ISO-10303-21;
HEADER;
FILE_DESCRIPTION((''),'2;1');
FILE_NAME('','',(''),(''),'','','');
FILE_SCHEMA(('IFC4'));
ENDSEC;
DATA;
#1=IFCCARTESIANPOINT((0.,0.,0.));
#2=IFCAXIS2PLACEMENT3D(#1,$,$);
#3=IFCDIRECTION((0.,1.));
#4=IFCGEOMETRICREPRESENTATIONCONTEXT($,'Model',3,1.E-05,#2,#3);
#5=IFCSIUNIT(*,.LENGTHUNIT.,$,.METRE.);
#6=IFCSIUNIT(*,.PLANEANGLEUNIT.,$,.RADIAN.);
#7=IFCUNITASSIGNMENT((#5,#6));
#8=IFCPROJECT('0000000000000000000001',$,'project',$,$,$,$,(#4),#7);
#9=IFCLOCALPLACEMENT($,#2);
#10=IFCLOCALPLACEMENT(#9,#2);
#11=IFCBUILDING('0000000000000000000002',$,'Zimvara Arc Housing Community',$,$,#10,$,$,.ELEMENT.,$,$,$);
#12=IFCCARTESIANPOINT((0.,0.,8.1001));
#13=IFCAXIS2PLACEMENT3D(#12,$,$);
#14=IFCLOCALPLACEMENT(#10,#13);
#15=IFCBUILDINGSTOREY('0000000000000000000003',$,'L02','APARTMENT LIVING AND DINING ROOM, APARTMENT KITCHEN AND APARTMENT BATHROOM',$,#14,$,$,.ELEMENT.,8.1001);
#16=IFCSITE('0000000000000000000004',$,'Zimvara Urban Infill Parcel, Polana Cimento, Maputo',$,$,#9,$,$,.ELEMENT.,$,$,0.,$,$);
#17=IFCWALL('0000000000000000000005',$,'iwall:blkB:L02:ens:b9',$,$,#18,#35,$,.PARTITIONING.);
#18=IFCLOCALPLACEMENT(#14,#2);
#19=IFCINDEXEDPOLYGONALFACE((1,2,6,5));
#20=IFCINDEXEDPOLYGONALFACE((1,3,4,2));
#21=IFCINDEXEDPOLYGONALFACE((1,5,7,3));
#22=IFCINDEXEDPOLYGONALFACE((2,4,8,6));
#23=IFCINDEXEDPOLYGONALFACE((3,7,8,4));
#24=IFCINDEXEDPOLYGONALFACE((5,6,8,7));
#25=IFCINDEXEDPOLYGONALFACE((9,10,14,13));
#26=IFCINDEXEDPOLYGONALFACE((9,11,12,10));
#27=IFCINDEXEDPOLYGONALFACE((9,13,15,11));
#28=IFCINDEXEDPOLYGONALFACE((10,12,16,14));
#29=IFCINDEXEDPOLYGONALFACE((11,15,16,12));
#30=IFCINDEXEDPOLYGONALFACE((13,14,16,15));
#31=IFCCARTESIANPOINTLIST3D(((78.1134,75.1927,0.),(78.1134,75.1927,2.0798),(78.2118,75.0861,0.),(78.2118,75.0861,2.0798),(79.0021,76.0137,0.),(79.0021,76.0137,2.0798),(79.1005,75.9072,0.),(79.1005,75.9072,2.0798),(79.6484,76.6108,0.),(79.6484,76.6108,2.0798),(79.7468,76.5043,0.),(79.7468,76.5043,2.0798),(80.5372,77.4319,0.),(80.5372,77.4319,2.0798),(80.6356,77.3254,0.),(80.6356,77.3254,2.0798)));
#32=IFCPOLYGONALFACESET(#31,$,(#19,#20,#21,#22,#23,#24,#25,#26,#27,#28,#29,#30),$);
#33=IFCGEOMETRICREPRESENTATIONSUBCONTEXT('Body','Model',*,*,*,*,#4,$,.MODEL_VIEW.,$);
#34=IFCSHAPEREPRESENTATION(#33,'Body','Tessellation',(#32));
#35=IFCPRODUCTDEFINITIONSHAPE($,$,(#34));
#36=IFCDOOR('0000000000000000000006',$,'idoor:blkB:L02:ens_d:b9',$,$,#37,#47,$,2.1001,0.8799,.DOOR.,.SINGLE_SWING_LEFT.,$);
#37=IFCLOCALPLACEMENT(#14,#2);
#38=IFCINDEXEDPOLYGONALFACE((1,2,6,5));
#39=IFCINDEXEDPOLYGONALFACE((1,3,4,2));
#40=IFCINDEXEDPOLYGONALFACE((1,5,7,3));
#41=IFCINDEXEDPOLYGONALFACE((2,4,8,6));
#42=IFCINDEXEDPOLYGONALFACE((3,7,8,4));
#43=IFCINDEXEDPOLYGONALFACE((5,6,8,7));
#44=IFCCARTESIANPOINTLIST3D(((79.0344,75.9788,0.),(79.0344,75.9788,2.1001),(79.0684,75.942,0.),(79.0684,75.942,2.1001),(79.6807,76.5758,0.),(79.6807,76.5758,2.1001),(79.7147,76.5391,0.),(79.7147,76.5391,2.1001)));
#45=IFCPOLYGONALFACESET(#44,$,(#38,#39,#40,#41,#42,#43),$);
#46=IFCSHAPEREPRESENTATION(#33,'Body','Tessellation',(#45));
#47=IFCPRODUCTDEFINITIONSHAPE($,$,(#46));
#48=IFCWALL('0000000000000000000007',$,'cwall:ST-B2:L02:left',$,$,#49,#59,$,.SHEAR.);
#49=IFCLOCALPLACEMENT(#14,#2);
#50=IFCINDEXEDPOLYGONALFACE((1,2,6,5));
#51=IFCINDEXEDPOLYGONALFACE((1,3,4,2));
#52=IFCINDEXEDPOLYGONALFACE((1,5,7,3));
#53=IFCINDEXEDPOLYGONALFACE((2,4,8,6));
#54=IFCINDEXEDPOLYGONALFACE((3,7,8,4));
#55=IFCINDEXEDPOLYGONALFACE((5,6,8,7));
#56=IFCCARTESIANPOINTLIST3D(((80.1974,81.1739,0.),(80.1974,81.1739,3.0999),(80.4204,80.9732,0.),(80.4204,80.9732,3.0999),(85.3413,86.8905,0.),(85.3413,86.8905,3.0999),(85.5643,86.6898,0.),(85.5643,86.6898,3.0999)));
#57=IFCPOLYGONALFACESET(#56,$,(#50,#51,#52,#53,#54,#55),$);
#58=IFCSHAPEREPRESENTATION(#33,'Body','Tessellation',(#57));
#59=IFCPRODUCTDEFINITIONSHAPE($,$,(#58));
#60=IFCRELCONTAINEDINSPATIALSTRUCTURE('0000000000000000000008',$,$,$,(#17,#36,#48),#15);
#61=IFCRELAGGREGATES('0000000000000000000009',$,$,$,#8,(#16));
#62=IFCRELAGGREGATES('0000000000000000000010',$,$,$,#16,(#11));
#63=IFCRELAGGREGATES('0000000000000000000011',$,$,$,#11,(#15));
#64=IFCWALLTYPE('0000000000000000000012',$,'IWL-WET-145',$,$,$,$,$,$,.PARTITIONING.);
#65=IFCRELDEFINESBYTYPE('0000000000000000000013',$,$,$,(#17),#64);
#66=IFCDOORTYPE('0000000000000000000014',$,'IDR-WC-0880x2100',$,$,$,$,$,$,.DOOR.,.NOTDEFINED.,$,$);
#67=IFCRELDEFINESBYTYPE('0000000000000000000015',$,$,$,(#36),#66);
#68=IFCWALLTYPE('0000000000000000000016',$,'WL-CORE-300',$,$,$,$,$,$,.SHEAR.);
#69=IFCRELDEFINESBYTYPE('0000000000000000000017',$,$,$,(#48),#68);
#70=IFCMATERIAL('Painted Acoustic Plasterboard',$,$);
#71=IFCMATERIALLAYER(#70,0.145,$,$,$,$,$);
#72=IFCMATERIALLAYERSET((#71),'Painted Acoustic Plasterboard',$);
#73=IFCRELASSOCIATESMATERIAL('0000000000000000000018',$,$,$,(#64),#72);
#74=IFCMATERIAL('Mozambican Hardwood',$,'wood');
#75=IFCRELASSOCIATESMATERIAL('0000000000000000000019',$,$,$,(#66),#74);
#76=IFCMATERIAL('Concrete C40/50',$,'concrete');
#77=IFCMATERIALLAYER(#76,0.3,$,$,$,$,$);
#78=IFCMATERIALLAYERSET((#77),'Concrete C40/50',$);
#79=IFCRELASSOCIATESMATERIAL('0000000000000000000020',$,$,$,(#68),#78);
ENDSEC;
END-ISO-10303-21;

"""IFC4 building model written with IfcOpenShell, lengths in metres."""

from ifc_helpers import new_model, si_unit, direction, frame, frame_2d, origin, place, context, subcontext, project, spatial, rectangle, extrude, material, layer, layer_set, type_object, element, fill, save


model = new_model("IFC4")

# Units and contexts
model_context = context("Model", 3, precision=1e-05, world=origin(), true_north=direction((0.0, 1.0)))
body_context = subcontext(model_context, "Body", "Model", "MODEL_VIEW")
ifc_project = project(units=[si_unit("LENGTHUNIT", "METRE"), si_unit("PLANEANGLEUNIT", "RADIAN")], contexts=[model_context])

# Site, building, storey
site_placement = place(None, origin())
site = spatial("IfcSite", under=ifc_project, at=site_placement, Name="Zimvara Urban Infill Parcel, Polana Cimento, Maputo", CompositionType="ELEMENT", RefElevation=0.0)
building_placement = place(site_placement, origin())
building = spatial("IfcBuilding", under=site, at=building_placement, Name="Zimvara Arc Housing Community", CompositionType="ELEMENT")
storey_placement = place(building_placement, frame((0.0, 0.0, 8.1001)))
storey = spatial("IfcBuildingStorey", under=building, at=storey_placement, Name="L02", Description="APARTMENT LIVING AND DINING ROOM, APARTMENT KITCHEN AND APARTMENT BATHROOM", CompositionType="ELEMENT", Elevation=8.1001)

# Wall, opening, door
ifc_material_1 = material(Name="Painted Acoustic Plasterboard")
ifc_layer_1 = layer(ifc_material_1, 0.145)
ifc_layer_set_1 = layer_set([ifc_layer_1], Name="Painted Acoustic Plasterboard")
wall_type_1 = type_object("IfcWallType", Name="IWL-WET-145", PredefinedType="PARTITIONING", material=ifc_layer_set_1)
wall_1_placement = place(storey_placement, frame((78.1626, 75.1394, 0.0), z_axis=(0.0, 0.0, 1.0), x_axis=(0.73452, 0.678587, 0.0)))
wall_1 = element("IfcWall", 1, at=wall_1_placement, inside=storey, type_object=wall_type_1, Name="iwall:blkB:L02:ens:b9", PredefinedType="PARTITIONING", context=body_context, shape_type="SweptSolid", body=[
    extrude(rectangle(XDim=3.2998, YDim=0.145, at=frame_2d((1.6499, 0.0))), origin(), (0.0, 0.0, 1.0), 2.0798),
])
opening_1_placement = place(wall_1_placement, frame((1.21, 0.0, 0.0)))
opening_1 = element("IfcOpeningElement", 2, at=opening_1_placement, cuts=wall_1, PredefinedType="OPENING", context=body_context, shape_type="SweptSolid", body=[
    extrude(rectangle(XDim=0.8799, YDim=2.1001, at=frame_2d((0.4399, 1.05))), frame((0.0, 0.0825, 0.0), z_axis=(0.0, -1.0, 0.0), x_axis=(1.0, 0.0, 0.0)), (0.0, 0.0, 1.0), 0.165),
])
ifc_material_2 = material(Name="Mozambican Hardwood", Category="wood")
door_type_1 = type_object("IfcDoorType", Name="IDR-WC-0880x2100", OperationType="NOTDEFINED", PredefinedType="DOOR", material=ifc_material_2)
door_1_placement = place(opening_1_placement, origin())
door_1 = element("IfcDoor", 3, at=door_1_placement, inside=storey, type_object=door_type_1, Name="idoor:blkB:L02:ens_d:b9", OperationType="SINGLE_SWING_LEFT", OverallHeight=2.1001, OverallWidth=0.8799, PredefinedType="DOOR", context=body_context, shape_type="SweptSolid", body=[
    extrude(rectangle(XDim=0.8799, YDim=2.1001, at=frame_2d((0.4399, 1.05))), frame((0.0, 0.0249, 0.0), z_axis=(0.0, -1.0, 0.0), x_axis=(1.0, 0.0, 0.0)), (0.0, 0.0, 1.0), 0.05),
])
fill(opening_1, door_1)
ifc_material_3 = material(Name="Concrete C40/50", Category="concrete")
ifc_layer_2 = layer(ifc_material_3, 0.3)
ifc_layer_set_2 = layer_set([ifc_layer_2], Name="Concrete C40/50")
wall_type_2 = type_object("IfcWallType", Name="WL-CORE-300", PredefinedType="SHEAR", material=ifc_layer_set_2)

# Wall
wall_2_placement = place(storey_placement, frame((80.3088, 81.0735, 0.0), z_axis=(0.0, 0.0, 1.0), x_axis=(0.668886, 0.743365, 0.0)))
element("IfcWall", 4, at=wall_2_placement, inside=storey, type_object=wall_type_2, Name="cwall:ST-B2:L02:left", PredefinedType="SHEAR", context=body_context, shape_type="SweptSolid", body=[
    extrude(rectangle(XDim=7.6902, YDim=0.3, at=frame_2d((3.8452, 0.0))), origin(), (0.0, 0.0, 1.0), 3.0999),
])

save(model, "model.ifc")
